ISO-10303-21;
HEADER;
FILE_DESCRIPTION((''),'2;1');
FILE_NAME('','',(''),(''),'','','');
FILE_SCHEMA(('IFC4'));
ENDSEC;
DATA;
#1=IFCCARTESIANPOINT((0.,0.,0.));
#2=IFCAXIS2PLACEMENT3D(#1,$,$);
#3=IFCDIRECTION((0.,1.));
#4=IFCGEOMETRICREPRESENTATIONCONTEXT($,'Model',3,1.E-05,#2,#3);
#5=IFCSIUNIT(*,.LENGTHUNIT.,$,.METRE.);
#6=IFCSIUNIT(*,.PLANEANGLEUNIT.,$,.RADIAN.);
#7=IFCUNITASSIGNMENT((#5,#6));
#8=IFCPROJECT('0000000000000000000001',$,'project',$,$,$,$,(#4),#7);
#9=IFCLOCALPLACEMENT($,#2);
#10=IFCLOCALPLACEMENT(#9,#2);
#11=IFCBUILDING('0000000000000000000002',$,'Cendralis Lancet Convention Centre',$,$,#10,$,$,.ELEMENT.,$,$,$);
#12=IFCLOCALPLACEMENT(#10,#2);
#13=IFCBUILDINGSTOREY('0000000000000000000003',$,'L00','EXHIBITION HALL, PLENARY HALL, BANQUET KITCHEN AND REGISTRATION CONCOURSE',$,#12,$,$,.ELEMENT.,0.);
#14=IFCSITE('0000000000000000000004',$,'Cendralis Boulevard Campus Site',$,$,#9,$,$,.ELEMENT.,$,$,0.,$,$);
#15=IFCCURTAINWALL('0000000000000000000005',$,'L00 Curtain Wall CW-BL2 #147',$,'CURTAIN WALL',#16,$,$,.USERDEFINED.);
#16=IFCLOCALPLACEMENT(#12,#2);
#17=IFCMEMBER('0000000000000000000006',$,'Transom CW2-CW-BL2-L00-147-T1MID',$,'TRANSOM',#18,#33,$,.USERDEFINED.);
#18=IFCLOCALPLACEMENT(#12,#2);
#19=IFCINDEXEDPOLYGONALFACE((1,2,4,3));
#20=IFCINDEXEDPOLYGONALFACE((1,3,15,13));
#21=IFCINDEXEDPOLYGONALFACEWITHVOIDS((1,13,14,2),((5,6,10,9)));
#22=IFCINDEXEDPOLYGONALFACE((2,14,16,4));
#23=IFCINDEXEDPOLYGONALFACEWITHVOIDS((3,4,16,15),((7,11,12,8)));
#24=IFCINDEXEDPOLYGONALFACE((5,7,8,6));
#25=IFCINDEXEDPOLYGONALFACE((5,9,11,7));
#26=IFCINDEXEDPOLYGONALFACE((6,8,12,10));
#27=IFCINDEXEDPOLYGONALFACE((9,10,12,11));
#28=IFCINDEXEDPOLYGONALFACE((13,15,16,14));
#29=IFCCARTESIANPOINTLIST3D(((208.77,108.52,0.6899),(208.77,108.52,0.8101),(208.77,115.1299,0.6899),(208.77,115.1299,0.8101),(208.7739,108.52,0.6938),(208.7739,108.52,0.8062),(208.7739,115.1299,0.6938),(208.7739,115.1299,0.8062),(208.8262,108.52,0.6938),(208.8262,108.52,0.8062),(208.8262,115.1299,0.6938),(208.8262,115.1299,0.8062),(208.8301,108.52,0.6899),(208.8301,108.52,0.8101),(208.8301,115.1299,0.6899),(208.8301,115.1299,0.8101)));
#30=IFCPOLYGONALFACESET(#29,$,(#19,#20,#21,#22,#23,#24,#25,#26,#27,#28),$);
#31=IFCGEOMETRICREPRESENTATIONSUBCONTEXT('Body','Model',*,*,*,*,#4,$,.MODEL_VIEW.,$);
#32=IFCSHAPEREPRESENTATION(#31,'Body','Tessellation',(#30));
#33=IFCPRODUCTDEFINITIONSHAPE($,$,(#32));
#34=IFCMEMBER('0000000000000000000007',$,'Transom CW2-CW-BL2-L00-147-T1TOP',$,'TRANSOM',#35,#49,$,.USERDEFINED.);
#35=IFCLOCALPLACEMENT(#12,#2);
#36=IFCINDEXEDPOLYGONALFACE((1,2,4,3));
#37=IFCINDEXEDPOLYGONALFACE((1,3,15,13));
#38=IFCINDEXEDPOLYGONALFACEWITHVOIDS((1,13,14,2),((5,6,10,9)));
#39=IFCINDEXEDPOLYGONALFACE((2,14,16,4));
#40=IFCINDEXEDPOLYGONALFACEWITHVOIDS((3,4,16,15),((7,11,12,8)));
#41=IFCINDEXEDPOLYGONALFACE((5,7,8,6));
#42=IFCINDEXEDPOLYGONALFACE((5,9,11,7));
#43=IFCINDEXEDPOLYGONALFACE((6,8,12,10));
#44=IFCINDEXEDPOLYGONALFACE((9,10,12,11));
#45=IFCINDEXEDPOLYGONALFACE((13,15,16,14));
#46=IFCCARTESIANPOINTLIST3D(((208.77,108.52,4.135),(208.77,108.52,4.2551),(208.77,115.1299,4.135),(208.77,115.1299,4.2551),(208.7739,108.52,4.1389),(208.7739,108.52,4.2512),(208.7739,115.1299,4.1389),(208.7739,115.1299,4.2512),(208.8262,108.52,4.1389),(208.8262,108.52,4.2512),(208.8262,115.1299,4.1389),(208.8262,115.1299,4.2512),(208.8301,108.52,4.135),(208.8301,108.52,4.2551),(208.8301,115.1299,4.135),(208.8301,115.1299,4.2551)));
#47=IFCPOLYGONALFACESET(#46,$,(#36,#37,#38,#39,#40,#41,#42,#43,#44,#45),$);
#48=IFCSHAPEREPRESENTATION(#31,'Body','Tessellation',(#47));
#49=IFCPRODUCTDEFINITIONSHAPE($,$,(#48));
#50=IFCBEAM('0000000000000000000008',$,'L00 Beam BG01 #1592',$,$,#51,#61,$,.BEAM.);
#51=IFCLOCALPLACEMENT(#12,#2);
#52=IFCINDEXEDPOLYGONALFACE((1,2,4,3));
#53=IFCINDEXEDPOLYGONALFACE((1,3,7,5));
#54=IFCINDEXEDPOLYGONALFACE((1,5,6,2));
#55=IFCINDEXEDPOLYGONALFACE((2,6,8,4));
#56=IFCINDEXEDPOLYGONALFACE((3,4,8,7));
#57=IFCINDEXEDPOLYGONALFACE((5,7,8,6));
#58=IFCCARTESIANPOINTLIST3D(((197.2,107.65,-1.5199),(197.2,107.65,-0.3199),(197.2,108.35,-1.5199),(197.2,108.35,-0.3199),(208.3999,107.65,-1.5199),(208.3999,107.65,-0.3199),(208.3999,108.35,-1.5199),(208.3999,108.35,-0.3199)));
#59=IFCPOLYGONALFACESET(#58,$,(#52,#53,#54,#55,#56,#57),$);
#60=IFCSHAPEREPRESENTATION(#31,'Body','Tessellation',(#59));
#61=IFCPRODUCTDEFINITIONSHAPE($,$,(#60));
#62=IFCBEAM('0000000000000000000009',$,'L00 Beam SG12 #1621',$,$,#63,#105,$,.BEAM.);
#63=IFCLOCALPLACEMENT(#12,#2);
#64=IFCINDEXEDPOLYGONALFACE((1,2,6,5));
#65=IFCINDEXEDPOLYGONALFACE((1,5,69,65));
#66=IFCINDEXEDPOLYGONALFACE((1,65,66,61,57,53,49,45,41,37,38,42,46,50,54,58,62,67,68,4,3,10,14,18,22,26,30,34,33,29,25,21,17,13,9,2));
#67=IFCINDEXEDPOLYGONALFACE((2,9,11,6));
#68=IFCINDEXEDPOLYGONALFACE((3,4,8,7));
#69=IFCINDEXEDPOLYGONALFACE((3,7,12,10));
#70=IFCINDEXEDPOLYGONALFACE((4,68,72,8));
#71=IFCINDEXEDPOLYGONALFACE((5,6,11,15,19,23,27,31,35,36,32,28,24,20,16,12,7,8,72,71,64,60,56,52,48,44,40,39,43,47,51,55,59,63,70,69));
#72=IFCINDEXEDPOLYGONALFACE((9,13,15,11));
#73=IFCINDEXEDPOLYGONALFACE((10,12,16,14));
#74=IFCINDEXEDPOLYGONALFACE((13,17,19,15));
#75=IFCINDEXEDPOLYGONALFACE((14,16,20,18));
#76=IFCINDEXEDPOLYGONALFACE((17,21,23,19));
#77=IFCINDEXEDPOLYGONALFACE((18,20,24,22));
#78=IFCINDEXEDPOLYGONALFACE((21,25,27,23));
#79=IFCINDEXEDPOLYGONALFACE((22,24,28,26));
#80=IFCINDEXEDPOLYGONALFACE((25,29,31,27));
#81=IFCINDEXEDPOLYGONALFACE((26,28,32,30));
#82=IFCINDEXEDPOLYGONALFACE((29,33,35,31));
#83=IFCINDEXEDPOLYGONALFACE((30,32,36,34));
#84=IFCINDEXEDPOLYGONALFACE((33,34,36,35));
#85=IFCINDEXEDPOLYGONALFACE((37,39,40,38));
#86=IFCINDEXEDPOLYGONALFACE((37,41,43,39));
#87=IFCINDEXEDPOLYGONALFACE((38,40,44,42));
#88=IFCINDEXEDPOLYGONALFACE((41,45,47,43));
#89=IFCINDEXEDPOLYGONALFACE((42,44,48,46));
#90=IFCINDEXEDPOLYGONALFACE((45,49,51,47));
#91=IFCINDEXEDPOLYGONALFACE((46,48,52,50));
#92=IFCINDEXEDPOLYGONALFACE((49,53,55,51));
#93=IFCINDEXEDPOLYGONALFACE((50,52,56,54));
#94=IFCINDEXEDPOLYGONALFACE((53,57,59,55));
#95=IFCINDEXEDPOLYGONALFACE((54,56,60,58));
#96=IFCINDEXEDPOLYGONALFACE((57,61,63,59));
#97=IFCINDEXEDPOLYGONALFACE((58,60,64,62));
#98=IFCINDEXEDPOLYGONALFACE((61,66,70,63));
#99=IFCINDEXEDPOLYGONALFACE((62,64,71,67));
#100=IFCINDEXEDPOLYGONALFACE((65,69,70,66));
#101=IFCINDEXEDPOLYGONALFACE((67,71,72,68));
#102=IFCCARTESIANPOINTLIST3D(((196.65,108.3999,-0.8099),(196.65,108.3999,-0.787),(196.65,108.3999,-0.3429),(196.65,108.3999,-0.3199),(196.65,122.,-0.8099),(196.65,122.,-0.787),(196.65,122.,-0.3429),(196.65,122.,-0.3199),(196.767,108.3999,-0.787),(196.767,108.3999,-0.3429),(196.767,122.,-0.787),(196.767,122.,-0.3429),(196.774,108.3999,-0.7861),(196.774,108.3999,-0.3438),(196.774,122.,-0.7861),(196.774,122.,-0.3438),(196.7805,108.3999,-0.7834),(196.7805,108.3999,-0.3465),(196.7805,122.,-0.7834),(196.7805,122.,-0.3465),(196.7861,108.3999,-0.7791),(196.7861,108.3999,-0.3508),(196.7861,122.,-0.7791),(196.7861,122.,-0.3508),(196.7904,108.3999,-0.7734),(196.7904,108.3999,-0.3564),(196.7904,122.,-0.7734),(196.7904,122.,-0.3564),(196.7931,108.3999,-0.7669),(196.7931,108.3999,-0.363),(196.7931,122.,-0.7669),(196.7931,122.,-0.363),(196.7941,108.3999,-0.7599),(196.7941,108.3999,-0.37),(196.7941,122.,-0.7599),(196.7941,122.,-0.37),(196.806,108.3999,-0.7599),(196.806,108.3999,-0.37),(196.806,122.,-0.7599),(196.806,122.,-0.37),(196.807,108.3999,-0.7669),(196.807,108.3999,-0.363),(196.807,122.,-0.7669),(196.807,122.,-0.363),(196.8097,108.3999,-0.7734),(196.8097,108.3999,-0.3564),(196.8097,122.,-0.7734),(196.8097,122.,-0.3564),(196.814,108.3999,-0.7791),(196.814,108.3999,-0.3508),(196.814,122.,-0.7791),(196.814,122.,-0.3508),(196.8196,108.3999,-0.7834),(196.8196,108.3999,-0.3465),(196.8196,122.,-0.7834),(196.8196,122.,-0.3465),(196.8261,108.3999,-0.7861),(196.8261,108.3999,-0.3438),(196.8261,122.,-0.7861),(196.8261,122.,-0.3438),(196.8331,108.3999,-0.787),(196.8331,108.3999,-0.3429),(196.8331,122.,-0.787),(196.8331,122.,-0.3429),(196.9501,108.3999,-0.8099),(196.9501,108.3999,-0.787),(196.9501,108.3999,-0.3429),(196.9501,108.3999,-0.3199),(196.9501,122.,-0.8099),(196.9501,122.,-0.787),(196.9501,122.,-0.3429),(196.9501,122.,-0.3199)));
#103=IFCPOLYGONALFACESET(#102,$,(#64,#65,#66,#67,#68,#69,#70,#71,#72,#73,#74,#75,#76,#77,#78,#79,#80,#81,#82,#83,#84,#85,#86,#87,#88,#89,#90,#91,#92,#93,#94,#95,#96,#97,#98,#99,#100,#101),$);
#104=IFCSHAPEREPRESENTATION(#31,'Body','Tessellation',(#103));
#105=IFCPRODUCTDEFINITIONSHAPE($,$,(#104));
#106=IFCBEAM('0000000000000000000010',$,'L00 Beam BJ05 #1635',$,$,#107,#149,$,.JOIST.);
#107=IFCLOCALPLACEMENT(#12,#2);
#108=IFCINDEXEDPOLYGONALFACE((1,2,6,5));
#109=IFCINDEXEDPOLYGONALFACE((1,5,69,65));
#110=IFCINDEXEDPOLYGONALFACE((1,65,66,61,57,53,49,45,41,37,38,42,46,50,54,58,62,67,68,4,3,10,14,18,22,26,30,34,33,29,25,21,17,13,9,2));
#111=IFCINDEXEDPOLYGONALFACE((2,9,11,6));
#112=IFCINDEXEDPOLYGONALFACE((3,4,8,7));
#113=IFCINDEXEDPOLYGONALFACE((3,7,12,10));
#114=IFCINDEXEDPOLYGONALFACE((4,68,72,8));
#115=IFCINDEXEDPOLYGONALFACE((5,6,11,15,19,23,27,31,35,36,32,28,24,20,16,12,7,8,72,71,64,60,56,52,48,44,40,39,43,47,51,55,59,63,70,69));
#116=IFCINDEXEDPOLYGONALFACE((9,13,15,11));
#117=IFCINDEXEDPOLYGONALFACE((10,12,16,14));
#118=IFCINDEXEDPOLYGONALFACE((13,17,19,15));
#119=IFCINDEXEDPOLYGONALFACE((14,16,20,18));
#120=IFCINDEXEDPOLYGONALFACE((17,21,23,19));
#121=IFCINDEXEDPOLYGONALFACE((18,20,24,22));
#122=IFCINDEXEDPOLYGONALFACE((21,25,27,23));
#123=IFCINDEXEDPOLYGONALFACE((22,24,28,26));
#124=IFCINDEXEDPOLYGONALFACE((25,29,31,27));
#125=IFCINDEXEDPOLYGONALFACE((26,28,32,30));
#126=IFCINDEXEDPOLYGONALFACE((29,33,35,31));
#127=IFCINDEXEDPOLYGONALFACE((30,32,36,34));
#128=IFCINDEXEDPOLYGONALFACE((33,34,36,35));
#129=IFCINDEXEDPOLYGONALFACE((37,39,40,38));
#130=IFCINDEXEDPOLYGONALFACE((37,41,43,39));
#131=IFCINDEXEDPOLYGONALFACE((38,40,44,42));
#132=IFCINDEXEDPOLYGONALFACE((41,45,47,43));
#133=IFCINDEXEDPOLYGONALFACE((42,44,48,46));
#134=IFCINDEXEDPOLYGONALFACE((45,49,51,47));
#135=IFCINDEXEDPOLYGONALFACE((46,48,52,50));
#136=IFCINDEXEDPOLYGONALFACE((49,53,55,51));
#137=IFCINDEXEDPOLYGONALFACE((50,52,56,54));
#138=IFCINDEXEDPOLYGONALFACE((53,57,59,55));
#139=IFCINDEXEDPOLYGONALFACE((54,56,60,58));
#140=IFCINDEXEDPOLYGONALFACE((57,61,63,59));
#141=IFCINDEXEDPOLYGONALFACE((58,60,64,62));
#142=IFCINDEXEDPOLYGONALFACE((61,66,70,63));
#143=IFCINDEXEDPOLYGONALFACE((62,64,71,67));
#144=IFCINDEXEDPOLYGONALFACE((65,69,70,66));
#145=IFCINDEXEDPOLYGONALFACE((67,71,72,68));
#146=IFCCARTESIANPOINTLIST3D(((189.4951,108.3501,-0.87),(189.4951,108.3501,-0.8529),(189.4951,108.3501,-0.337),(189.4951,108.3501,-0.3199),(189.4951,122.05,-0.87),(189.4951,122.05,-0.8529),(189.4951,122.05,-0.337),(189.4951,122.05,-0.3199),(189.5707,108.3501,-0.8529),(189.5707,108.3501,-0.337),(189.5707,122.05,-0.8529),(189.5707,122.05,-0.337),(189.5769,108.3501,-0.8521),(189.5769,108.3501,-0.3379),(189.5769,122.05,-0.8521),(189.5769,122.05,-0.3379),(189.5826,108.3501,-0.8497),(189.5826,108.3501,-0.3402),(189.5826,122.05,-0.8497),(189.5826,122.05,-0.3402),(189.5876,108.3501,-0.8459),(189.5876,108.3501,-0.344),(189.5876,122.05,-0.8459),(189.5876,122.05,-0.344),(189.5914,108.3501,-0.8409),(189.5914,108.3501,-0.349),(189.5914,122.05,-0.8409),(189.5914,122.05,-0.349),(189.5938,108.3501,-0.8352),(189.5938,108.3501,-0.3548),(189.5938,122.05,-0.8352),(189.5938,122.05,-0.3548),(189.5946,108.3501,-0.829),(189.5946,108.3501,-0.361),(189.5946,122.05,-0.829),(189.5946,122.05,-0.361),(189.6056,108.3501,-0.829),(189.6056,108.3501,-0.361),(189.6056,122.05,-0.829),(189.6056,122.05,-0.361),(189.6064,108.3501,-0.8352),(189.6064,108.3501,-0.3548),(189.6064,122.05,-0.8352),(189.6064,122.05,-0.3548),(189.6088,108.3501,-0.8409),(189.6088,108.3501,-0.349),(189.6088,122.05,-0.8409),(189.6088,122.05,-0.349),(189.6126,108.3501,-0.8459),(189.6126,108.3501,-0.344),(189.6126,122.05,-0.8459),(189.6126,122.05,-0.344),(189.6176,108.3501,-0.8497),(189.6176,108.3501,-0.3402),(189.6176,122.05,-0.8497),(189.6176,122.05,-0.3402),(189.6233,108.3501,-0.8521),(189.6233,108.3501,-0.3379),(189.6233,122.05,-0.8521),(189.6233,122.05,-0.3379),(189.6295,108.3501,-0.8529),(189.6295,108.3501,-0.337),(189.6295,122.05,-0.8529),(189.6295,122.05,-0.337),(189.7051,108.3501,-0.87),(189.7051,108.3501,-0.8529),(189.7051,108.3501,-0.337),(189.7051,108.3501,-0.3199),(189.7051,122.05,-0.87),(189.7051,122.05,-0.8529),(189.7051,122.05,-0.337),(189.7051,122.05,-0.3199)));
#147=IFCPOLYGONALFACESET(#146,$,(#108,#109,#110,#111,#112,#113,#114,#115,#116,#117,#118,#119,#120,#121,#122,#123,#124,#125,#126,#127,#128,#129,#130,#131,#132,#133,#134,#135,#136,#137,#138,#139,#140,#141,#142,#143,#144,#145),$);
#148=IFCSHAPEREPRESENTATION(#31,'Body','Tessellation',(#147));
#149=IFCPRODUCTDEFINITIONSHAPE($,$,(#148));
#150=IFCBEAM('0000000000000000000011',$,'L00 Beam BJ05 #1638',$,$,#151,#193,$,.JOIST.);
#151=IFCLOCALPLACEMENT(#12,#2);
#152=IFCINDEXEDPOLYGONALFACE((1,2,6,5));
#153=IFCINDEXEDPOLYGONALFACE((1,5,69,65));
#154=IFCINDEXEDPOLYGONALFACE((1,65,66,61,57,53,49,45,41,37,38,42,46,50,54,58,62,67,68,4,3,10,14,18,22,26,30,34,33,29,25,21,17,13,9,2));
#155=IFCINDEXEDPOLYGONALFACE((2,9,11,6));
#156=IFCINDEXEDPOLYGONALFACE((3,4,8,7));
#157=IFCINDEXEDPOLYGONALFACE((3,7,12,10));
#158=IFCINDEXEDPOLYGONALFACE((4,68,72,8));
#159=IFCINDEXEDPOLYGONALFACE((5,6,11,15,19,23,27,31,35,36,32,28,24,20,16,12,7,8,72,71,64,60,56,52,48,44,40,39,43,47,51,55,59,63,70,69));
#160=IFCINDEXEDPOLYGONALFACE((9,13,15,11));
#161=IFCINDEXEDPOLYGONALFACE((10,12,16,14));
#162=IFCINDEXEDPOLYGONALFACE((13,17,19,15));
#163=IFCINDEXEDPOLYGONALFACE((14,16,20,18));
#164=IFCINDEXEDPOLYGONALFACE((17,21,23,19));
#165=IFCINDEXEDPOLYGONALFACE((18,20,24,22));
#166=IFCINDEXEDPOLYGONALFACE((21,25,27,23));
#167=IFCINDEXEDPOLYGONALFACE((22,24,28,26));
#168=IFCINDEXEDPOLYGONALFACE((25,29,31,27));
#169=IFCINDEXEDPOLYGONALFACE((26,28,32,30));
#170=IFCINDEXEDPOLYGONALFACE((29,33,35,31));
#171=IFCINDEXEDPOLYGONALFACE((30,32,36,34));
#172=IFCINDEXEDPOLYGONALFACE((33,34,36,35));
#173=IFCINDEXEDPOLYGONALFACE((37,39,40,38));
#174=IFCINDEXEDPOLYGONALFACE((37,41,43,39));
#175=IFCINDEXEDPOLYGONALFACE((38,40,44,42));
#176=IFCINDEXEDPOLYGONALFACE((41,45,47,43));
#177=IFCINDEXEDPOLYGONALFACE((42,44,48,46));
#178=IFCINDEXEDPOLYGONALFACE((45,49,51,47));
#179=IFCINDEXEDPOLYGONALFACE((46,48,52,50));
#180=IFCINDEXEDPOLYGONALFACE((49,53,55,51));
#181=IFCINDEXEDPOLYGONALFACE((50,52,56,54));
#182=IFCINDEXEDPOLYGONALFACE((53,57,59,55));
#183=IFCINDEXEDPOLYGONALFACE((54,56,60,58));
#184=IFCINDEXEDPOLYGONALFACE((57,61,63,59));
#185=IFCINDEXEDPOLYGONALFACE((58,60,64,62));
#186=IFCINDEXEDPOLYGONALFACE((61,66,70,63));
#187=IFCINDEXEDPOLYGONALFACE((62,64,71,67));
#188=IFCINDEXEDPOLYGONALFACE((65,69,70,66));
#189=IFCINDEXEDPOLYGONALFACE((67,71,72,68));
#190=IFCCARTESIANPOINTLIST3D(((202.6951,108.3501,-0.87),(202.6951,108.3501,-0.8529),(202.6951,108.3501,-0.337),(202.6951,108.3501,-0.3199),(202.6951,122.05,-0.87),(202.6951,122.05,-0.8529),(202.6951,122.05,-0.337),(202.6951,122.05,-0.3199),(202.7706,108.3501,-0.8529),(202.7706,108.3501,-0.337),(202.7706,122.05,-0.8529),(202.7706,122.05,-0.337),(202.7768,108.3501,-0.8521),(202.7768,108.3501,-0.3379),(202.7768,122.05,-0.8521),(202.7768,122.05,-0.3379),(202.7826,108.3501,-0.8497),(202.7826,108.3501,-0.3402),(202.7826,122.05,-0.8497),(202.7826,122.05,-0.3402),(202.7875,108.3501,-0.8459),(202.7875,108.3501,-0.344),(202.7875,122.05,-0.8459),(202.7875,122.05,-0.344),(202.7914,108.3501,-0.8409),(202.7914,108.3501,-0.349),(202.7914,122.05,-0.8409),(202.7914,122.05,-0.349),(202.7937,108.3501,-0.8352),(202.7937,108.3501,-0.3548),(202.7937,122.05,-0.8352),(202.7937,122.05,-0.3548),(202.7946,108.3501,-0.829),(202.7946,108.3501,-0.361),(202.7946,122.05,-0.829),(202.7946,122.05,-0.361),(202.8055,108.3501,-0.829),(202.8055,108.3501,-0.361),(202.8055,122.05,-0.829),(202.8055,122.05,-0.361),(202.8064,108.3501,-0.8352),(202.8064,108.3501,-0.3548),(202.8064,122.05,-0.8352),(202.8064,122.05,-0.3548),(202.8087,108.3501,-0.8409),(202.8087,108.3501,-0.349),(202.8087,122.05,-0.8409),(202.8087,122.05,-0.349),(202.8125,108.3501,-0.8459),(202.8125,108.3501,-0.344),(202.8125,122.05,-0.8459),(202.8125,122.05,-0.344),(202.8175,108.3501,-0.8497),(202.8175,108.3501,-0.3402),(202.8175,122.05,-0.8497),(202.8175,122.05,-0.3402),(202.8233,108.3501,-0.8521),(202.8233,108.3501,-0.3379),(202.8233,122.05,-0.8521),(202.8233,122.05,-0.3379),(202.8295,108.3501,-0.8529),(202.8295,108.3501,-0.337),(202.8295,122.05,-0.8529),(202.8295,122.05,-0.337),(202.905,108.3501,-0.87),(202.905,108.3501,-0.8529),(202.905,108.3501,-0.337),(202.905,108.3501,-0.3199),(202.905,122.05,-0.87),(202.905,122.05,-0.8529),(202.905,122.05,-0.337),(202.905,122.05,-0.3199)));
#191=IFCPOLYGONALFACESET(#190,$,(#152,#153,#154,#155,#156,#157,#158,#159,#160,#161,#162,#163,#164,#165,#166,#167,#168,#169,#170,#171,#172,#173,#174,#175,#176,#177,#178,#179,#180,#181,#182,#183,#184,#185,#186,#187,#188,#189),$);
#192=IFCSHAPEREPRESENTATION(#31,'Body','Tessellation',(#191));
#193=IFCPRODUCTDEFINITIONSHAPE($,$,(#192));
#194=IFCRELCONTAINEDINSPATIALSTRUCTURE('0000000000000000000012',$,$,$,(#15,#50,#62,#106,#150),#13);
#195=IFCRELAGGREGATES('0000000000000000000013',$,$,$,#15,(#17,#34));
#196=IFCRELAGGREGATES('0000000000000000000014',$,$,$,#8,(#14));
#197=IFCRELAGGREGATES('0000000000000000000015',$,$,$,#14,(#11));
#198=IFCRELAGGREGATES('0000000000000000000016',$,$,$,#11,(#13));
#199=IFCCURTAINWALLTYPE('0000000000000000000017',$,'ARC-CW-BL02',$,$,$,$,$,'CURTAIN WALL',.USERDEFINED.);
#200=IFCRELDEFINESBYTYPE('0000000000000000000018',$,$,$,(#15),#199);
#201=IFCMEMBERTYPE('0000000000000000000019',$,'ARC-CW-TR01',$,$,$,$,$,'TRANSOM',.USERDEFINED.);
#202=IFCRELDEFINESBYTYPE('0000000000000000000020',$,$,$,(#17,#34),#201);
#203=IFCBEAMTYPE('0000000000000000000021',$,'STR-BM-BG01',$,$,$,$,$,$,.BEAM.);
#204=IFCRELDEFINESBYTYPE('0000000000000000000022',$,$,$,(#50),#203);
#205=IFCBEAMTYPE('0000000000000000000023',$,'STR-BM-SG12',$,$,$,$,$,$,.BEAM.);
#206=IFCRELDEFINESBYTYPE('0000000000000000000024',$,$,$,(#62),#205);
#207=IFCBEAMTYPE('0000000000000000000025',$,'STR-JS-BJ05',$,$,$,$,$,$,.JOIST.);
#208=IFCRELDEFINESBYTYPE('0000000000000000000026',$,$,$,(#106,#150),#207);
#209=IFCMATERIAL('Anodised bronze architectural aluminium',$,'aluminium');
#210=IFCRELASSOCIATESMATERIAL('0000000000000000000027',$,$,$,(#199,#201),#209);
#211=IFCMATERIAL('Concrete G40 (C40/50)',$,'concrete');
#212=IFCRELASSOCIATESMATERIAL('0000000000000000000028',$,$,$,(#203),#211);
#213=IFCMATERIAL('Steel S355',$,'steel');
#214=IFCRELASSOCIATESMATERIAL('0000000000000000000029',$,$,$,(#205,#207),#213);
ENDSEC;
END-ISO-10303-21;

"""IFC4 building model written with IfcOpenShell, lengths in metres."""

from ifc_helpers import new_model, si_unit, direction, frame, origin, origin_2d, place, context, subcontext, project, spatial, rectangle, hollow_rectangle, i_section, extrude, material, material_profile, profile_set, type_object, element, aggregate, save


model = new_model("IFC4")

# Units and contexts
model_context = context("Model", 3, precision=1e-05, world=origin(), true_north=direction((0.0, 1.0)))
body_context = subcontext(model_context, "Body", "Model", "MODEL_VIEW")
ifc_project = project(units=[si_unit("LENGTHUNIT", "METRE"), si_unit("PLANEANGLEUNIT", "RADIAN")], contexts=[model_context])

# Site, building, storey
site_placement = place(None, origin())
site = spatial("IfcSite", under=ifc_project, at=site_placement, Name="Cendralis Boulevard Campus Site", CompositionType="ELEMENT", RefElevation=0.0)
building_placement = place(site_placement, origin())
building = spatial("IfcBuilding", under=site, at=building_placement, Name="Cendralis Lancet Convention Centre", CompositionType="ELEMENT")
storey_placement = place(building_placement, origin())
storey = spatial("IfcBuildingStorey", under=building, at=storey_placement, Name="L00", Description="EXHIBITION HALL, PLENARY HALL, BANQUET KITCHEN AND REGISTRATION CONCOURSE", CompositionType="ELEMENT", Elevation=0.0)

# Shared definitions
ifc_material_1 = material(Name="Concrete G40 (C40/50)", Category="concrete")

# Curtain wall, members
ifc_material_2 = material(Name="Anodised bronze architectural aluminium", Category="aluminium")
curtain_wall_type = type_object("IfcCurtainWallType", Name="ARC-CW-BL02", ElementType="CURTAIN WALL", PredefinedType="USERDEFINED", material=ifc_material_2)
curtain_wall_placement = place(storey_placement, origin())
curtain_wall = element("IfcCurtainWall", 1, at=curtain_wall_placement, inside=storey, type_object=curtain_wall_type, Name="L00 Curtain Wall CW-BL2 #147", ObjectType="CURTAIN WALL", PredefinedType="USERDEFINED")
ifc_material_profile_1 = material_profile(ifc_material_2, hollow_rectangle(XDim=0.0601, YDim=0.1201, WallThickness=0.0039, at=origin_2d()), Name="AL-TRAN 60x120x4.0")
ifc_profile_set_1 = profile_set([ifc_material_profile_1], Name="Anodised bronze architectural aluminium")
member_type_1 = type_object("IfcMemberType", Name="ARC-CW-TR01", ElementType="TRANSOM", PredefinedType="USERDEFINED", material=ifc_profile_set_1)
member_1_placement = place(storey_placement, frame((208.8, 115.1299, 0.75), z_axis=(0.0, -1.0, 0.0), x_axis=(1.0, 0.0, 0.0)))
member_1 = element("IfcMember", 2, at=member_1_placement, type_object=member_type_1, Name="Transom CW2-CW-BL2-L00-147-T1MID", ObjectType="TRANSOM", PredefinedType="USERDEFINED", context=body_context, shape_type="SweptSolid", body=[
    extrude(hollow_rectangle(XDim=0.0601, YDim=0.1201, WallThickness=0.0039, at=origin_2d()), origin(), (0.0, 0.0, 1.0), 6.6099),
])
member_2_placement = place(storey_placement, frame((208.8, 115.1299, 4.1951), z_axis=(0.0, -1.0, 0.0), x_axis=(1.0, 0.0, 0.0)))
member_2 = element("IfcMember", 3, at=member_2_placement, type_object=member_type_1, Name="Transom CW2-CW-BL2-L00-147-T1TOP", ObjectType="TRANSOM", PredefinedType="USERDEFINED", context=body_context, shape_type="SweptSolid", body=[
    extrude(hollow_rectangle(XDim=0.0601, YDim=0.1201, WallThickness=0.0039, at=origin_2d()), origin(), (0.0, 0.0, 1.0), 6.6099),
])

# Beams
ifc_material_profile_2 = material_profile(ifc_material_1, rectangle(XDim=0.7, YDim=1.2, at=origin_2d()), Name="RCB 700x1200")
ifc_profile_set_2 = profile_set([ifc_material_profile_2], Name="Concrete G40 (C40/50)")
beam_type_1 = type_object("IfcBeamType", Name="STR-BM-BG01", PredefinedType="BEAM", material=ifc_profile_set_2)
beam_1_placement = place(storey_placement, frame((197.2, 108.0, -0.9199), z_axis=(1.0, 0.0, 0.0), x_axis=(0.0, 1.0, 0.0)))
element("IfcBeam", 4, at=beam_1_placement, inside=storey, type_object=beam_type_1, Name="L00 Beam BG01 #1592", PredefinedType="BEAM", context=body_context, shape_type="SweptSolid", body=[
    extrude(rectangle(XDim=0.7, YDim=1.2, at=origin_2d()), origin(), (0.0, 0.0, 1.0), 11.2),
])
ifc_material_3 = material(Name="Steel S355", Category="steel")
ifc_material_profile_3 = material_profile(ifc_material_3, i_section(OverallWidth=0.3, OverallDepth=0.49, WebThickness=0.012, FlangeThickness=0.0229, FilletRadius=0.0271, at=origin_2d()), Name="HEA 500")
ifc_profile_set_3 = profile_set([ifc_material_profile_3], Name="Steel S355")
beam_type_2 = type_object("IfcBeamType", Name="STR-BM-SG12", PredefinedType="BEAM", material=ifc_profile_set_3)
beam_2_placement = place(storey_placement, frame((196.8, 108.3999, -0.5649), z_axis=(0.0, 1.0, 0.0), x_axis=(-1.0, 0.0, 0.0)))
element("IfcBeam", 5, at=beam_2_placement, inside=storey, type_object=beam_type_2, Name="L00 Beam SG12 #1621", PredefinedType="BEAM", context=body_context, shape_type="SweptSolid", body=[
    extrude(i_section(OverallWidth=0.3, OverallDepth=0.49, WebThickness=0.012, FlangeThickness=0.0229, FilletRadius=0.0271, at=origin_2d()), origin(), (0.0, 0.0, 1.0), 13.6001),
])
ifc_material_profile_4 = material_profile(ifc_material_3, i_section(OverallWidth=0.21, OverallDepth=0.55, WebThickness=0.011, FlangeThickness=0.0171, FilletRadius=0.0239, at=origin_2d()), Name="IPE 550")
ifc_profile_set_4 = profile_set([ifc_material_profile_4], Name="Steel S355")
beam_type_3 = type_object("IfcBeamType", Name="STR-JS-BJ05", PredefinedType="JOIST", material=ifc_profile_set_4)
for number, where, z_axis, x_axis, name in (
    (6, (189.6001, 108.3501, -0.595), (0.0, 1.0, 0.0), (-1.0, 0.0, 0.0), "L00 Beam BJ05 #1635"),
    (7, (202.8, 108.3501, -0.595), (0.0, 1.0, 0.0), (-1.0, 0.0, 0.0), "L00 Beam BJ05 #1638"),
):
    element("IfcBeam", number, at=place(storey_placement, frame(where, z_axis=z_axis, x_axis=x_axis)), inside=storey, type_object=beam_type_3, Name=name, PredefinedType="JOIST", context=body_context, shape_type="SweptSolid", body=[
        extrude(i_section(OverallWidth=0.21, OverallDepth=0.55, WebThickness=0.011, FlangeThickness=0.0171, FilletRadius=0.0239, at=origin_2d()), origin(), (0.0, 0.0, 1.0), 13.7),
    ])

aggregate(curtain_wall, [member_1, member_2])

save(model, "model.ifc")
